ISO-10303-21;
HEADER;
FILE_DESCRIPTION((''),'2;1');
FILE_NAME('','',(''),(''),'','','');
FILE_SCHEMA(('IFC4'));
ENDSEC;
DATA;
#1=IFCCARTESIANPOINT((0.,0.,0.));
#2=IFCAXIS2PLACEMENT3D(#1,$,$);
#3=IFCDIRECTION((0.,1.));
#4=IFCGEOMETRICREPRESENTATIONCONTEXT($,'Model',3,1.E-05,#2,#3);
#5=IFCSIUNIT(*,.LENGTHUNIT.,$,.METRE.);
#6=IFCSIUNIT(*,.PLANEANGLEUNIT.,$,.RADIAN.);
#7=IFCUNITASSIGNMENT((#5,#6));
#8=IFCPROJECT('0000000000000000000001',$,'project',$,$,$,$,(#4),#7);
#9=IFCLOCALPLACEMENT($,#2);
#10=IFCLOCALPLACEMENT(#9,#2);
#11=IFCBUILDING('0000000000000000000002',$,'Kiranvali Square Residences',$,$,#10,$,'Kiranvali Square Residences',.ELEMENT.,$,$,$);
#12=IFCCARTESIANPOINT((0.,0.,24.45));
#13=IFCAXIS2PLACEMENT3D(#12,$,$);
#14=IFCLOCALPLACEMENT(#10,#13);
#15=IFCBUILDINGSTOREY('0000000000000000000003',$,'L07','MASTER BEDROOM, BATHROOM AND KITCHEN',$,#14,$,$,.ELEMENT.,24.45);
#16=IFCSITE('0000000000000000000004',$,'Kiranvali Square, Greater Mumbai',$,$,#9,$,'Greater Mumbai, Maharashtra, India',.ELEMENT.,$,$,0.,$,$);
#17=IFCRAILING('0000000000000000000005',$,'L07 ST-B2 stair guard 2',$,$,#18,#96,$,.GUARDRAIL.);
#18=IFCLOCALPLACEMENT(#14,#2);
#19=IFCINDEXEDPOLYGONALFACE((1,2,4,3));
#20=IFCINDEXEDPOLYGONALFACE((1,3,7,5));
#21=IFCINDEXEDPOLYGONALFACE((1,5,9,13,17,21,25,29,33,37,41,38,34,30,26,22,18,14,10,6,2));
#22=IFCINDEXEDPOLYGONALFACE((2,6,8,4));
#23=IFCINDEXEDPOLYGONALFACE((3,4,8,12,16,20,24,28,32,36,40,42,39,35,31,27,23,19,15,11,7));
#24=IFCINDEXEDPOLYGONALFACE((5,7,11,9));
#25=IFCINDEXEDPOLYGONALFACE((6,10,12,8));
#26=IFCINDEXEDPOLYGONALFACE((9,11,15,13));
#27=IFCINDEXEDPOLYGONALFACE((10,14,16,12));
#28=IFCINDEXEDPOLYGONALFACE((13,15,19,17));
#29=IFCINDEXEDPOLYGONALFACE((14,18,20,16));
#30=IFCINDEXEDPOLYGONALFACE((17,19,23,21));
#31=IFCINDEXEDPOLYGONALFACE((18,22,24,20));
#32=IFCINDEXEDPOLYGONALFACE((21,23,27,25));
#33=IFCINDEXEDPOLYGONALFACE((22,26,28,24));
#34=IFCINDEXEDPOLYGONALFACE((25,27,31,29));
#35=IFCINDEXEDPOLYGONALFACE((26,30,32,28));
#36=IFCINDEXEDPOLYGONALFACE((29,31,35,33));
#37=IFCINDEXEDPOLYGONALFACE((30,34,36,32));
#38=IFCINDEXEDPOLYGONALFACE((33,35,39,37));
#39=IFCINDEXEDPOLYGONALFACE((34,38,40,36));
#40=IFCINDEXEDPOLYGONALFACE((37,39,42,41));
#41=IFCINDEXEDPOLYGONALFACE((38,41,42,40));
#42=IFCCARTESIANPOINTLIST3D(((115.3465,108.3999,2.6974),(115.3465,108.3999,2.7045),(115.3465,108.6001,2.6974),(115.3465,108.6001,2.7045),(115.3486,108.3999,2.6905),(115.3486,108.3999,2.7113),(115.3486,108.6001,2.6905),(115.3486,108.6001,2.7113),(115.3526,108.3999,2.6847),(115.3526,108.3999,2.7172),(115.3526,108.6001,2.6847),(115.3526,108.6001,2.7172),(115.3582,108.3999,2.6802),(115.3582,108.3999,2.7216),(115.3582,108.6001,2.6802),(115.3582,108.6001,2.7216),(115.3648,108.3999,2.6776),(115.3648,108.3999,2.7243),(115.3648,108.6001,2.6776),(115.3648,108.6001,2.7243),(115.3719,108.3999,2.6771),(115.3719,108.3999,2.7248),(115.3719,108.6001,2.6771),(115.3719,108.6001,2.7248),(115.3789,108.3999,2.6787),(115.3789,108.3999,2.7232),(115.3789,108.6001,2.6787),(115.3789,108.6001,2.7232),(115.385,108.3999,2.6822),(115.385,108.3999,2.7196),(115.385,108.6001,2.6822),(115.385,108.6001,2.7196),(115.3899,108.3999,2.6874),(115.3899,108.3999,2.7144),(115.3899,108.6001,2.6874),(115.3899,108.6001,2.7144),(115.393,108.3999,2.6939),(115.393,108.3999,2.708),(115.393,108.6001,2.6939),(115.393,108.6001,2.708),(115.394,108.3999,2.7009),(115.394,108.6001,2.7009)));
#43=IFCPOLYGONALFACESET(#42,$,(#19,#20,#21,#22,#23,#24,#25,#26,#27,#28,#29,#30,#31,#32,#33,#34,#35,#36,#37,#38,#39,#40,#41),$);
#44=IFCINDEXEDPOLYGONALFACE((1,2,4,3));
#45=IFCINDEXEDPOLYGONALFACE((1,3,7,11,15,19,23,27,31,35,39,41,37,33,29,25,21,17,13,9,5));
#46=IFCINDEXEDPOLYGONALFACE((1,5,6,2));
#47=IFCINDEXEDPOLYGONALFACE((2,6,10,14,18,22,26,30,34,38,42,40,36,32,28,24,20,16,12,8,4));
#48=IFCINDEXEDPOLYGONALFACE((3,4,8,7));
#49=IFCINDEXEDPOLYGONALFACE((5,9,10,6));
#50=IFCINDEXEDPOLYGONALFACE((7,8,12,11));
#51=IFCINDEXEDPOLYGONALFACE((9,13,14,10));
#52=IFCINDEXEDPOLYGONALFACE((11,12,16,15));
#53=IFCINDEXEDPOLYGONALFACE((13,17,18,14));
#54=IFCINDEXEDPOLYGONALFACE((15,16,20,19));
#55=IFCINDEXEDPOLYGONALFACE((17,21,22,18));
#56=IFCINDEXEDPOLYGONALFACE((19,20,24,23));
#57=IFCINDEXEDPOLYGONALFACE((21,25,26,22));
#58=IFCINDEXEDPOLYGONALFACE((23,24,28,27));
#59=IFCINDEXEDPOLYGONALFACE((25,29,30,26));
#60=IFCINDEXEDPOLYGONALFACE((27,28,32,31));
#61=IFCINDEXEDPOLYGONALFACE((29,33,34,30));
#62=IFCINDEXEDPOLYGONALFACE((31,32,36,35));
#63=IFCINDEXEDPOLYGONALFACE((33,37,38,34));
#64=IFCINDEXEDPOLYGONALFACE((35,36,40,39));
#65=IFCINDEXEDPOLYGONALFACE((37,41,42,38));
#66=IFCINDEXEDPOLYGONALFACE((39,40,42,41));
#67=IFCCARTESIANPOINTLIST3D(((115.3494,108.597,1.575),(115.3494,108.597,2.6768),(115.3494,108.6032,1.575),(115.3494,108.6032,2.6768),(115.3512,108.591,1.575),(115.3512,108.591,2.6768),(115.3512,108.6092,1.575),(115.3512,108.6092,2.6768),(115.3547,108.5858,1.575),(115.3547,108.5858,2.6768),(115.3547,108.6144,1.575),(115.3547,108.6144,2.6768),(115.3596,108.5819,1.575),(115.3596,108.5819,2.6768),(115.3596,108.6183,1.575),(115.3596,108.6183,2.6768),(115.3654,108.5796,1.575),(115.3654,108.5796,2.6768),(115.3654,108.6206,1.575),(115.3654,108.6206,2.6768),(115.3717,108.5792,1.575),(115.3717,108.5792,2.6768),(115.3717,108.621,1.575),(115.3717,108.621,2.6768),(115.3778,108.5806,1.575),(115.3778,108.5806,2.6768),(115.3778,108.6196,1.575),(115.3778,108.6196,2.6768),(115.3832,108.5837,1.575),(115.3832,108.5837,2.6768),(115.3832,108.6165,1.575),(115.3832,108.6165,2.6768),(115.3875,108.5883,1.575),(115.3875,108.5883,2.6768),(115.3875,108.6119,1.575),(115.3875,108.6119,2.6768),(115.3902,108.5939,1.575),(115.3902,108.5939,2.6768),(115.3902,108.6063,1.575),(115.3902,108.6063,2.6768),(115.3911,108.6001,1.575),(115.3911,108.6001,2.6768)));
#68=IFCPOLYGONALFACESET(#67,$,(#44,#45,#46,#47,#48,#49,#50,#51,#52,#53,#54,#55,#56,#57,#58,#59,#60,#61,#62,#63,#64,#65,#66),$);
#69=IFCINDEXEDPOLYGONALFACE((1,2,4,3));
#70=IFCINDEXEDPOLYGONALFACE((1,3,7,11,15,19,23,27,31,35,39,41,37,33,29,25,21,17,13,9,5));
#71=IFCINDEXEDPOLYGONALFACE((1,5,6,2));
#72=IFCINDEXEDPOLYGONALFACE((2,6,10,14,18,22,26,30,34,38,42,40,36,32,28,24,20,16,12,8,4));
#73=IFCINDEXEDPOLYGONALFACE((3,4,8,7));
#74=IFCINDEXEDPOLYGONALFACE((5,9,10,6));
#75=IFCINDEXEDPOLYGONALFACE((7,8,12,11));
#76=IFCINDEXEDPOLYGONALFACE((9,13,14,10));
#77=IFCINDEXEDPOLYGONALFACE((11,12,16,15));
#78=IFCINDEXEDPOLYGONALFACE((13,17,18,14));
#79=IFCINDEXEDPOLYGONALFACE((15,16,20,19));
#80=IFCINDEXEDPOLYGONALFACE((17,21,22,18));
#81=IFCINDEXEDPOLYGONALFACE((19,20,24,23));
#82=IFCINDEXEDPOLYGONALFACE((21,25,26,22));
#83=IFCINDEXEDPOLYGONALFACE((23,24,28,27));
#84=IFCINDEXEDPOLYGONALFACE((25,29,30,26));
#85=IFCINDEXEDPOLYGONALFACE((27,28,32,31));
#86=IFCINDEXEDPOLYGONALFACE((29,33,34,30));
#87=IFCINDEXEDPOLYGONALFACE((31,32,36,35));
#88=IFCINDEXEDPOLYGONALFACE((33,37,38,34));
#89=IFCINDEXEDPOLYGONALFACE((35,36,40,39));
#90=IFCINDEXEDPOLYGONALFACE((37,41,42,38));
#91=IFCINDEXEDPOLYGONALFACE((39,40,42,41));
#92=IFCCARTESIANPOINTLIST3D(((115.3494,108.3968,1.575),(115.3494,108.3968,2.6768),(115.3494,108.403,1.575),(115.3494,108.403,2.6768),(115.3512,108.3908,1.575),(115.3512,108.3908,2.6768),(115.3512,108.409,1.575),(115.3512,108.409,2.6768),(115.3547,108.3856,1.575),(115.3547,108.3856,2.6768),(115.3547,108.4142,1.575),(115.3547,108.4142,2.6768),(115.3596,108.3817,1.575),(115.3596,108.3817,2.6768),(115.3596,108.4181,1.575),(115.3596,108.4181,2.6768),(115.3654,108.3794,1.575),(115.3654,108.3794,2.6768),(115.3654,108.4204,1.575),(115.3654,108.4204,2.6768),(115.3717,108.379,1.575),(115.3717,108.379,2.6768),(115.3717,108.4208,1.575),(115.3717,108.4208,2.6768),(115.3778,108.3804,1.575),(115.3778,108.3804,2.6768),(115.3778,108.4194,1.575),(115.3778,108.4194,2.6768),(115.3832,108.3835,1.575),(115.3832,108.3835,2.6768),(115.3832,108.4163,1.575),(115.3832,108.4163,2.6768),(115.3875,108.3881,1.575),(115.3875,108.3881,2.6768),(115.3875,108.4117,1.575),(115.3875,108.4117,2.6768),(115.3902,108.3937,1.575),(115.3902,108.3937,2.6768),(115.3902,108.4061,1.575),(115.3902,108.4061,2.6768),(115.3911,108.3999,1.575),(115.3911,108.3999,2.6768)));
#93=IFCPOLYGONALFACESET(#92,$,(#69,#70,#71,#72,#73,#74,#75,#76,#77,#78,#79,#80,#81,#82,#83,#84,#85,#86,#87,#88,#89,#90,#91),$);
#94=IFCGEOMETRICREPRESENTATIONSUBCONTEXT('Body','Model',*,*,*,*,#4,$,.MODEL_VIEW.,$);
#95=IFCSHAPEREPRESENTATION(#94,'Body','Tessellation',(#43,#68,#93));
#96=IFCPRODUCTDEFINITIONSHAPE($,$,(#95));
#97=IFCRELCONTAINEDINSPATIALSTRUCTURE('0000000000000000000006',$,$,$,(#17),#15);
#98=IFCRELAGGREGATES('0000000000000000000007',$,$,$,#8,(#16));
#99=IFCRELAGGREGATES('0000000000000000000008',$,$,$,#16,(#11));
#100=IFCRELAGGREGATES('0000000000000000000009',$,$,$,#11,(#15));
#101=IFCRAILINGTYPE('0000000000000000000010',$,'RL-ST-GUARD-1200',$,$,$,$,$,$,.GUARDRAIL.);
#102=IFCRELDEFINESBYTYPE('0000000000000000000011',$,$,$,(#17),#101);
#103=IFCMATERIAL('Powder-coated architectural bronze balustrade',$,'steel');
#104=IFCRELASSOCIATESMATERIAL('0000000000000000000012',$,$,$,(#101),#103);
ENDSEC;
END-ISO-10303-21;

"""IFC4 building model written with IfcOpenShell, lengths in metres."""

from ifc_helpers import new_model, si_unit, direction, frame, origin, origin_2d, place, context, subcontext, project, spatial, circle, extrude, material, type_object, element, save


model = new_model("IFC4")

# Units and contexts
model_context = context("Model", 3, precision=1e-05, world=origin(), true_north=direction((0.0, 1.0)))
body_context = subcontext(model_context, "Body", "Model", "MODEL_VIEW")
ifc_project = project(units=[si_unit("LENGTHUNIT", "METRE"), si_unit("PLANEANGLEUNIT", "RADIAN")], contexts=[model_context])

# Site, building, storey
site_placement = place(None, origin())
site = spatial("IfcSite", under=ifc_project, at=site_placement, Name="Kiranvali Square, Greater Mumbai", LongName="Greater Mumbai, Maharashtra, India", CompositionType="ELEMENT", RefElevation=0.0)
building_placement = place(site_placement, origin())
building = spatial("IfcBuilding", under=site, at=building_placement, Name="Kiranvali Square Residences", LongName="Kiranvali Square Residences", CompositionType="ELEMENT")
storey_placement = place(building_placement, frame((0.0, 0.0, 24.45)))
storey = spatial("IfcBuildingStorey", under=building, at=storey_placement, Name="L07", Description="MASTER BEDROOM, BATHROOM AND KITCHEN", CompositionType="ELEMENT", Elevation=24.45)

# Railing
ifc_material_1 = material(Name="Powder-coated architectural bronze balustrade", Category="steel")
railing_type_1 = type_object("IfcRailingType", Name="RL-ST-GUARD-1200", PredefinedType="GUARDRAIL", material=ifc_material_1)
railing_1_placement = place(storey_placement, frame((115.3701, 108.6001, 1.575)))
element("IfcRailing", 1, at=railing_1_placement, inside=storey, type_object=railing_type_1, Name="L07 ST-B2 stair guard 2", PredefinedType="GUARDRAIL", context=body_context, shape_type="SweptSolid", body=[
    extrude(circle(Radius=0.0239, at=origin_2d()), frame((0.0, 0.0, 1.126), z_axis=(0.0, -1.0, 0.0), x_axis=(1.0, 0.0, 0.0)), (0.0, 0.0, 1.0), 0.2002),
    extrude(circle(Radius=0.021, at=origin_2d()), origin(), (0.0, 0.0, 1.0), 1.1018),
    extrude(circle(Radius=0.021, at=origin_2d()), frame((0.0, -0.2002, 0.0)), (0.0, 0.0, 1.0), 1.1018),
])

save(model, "model.ifc")
